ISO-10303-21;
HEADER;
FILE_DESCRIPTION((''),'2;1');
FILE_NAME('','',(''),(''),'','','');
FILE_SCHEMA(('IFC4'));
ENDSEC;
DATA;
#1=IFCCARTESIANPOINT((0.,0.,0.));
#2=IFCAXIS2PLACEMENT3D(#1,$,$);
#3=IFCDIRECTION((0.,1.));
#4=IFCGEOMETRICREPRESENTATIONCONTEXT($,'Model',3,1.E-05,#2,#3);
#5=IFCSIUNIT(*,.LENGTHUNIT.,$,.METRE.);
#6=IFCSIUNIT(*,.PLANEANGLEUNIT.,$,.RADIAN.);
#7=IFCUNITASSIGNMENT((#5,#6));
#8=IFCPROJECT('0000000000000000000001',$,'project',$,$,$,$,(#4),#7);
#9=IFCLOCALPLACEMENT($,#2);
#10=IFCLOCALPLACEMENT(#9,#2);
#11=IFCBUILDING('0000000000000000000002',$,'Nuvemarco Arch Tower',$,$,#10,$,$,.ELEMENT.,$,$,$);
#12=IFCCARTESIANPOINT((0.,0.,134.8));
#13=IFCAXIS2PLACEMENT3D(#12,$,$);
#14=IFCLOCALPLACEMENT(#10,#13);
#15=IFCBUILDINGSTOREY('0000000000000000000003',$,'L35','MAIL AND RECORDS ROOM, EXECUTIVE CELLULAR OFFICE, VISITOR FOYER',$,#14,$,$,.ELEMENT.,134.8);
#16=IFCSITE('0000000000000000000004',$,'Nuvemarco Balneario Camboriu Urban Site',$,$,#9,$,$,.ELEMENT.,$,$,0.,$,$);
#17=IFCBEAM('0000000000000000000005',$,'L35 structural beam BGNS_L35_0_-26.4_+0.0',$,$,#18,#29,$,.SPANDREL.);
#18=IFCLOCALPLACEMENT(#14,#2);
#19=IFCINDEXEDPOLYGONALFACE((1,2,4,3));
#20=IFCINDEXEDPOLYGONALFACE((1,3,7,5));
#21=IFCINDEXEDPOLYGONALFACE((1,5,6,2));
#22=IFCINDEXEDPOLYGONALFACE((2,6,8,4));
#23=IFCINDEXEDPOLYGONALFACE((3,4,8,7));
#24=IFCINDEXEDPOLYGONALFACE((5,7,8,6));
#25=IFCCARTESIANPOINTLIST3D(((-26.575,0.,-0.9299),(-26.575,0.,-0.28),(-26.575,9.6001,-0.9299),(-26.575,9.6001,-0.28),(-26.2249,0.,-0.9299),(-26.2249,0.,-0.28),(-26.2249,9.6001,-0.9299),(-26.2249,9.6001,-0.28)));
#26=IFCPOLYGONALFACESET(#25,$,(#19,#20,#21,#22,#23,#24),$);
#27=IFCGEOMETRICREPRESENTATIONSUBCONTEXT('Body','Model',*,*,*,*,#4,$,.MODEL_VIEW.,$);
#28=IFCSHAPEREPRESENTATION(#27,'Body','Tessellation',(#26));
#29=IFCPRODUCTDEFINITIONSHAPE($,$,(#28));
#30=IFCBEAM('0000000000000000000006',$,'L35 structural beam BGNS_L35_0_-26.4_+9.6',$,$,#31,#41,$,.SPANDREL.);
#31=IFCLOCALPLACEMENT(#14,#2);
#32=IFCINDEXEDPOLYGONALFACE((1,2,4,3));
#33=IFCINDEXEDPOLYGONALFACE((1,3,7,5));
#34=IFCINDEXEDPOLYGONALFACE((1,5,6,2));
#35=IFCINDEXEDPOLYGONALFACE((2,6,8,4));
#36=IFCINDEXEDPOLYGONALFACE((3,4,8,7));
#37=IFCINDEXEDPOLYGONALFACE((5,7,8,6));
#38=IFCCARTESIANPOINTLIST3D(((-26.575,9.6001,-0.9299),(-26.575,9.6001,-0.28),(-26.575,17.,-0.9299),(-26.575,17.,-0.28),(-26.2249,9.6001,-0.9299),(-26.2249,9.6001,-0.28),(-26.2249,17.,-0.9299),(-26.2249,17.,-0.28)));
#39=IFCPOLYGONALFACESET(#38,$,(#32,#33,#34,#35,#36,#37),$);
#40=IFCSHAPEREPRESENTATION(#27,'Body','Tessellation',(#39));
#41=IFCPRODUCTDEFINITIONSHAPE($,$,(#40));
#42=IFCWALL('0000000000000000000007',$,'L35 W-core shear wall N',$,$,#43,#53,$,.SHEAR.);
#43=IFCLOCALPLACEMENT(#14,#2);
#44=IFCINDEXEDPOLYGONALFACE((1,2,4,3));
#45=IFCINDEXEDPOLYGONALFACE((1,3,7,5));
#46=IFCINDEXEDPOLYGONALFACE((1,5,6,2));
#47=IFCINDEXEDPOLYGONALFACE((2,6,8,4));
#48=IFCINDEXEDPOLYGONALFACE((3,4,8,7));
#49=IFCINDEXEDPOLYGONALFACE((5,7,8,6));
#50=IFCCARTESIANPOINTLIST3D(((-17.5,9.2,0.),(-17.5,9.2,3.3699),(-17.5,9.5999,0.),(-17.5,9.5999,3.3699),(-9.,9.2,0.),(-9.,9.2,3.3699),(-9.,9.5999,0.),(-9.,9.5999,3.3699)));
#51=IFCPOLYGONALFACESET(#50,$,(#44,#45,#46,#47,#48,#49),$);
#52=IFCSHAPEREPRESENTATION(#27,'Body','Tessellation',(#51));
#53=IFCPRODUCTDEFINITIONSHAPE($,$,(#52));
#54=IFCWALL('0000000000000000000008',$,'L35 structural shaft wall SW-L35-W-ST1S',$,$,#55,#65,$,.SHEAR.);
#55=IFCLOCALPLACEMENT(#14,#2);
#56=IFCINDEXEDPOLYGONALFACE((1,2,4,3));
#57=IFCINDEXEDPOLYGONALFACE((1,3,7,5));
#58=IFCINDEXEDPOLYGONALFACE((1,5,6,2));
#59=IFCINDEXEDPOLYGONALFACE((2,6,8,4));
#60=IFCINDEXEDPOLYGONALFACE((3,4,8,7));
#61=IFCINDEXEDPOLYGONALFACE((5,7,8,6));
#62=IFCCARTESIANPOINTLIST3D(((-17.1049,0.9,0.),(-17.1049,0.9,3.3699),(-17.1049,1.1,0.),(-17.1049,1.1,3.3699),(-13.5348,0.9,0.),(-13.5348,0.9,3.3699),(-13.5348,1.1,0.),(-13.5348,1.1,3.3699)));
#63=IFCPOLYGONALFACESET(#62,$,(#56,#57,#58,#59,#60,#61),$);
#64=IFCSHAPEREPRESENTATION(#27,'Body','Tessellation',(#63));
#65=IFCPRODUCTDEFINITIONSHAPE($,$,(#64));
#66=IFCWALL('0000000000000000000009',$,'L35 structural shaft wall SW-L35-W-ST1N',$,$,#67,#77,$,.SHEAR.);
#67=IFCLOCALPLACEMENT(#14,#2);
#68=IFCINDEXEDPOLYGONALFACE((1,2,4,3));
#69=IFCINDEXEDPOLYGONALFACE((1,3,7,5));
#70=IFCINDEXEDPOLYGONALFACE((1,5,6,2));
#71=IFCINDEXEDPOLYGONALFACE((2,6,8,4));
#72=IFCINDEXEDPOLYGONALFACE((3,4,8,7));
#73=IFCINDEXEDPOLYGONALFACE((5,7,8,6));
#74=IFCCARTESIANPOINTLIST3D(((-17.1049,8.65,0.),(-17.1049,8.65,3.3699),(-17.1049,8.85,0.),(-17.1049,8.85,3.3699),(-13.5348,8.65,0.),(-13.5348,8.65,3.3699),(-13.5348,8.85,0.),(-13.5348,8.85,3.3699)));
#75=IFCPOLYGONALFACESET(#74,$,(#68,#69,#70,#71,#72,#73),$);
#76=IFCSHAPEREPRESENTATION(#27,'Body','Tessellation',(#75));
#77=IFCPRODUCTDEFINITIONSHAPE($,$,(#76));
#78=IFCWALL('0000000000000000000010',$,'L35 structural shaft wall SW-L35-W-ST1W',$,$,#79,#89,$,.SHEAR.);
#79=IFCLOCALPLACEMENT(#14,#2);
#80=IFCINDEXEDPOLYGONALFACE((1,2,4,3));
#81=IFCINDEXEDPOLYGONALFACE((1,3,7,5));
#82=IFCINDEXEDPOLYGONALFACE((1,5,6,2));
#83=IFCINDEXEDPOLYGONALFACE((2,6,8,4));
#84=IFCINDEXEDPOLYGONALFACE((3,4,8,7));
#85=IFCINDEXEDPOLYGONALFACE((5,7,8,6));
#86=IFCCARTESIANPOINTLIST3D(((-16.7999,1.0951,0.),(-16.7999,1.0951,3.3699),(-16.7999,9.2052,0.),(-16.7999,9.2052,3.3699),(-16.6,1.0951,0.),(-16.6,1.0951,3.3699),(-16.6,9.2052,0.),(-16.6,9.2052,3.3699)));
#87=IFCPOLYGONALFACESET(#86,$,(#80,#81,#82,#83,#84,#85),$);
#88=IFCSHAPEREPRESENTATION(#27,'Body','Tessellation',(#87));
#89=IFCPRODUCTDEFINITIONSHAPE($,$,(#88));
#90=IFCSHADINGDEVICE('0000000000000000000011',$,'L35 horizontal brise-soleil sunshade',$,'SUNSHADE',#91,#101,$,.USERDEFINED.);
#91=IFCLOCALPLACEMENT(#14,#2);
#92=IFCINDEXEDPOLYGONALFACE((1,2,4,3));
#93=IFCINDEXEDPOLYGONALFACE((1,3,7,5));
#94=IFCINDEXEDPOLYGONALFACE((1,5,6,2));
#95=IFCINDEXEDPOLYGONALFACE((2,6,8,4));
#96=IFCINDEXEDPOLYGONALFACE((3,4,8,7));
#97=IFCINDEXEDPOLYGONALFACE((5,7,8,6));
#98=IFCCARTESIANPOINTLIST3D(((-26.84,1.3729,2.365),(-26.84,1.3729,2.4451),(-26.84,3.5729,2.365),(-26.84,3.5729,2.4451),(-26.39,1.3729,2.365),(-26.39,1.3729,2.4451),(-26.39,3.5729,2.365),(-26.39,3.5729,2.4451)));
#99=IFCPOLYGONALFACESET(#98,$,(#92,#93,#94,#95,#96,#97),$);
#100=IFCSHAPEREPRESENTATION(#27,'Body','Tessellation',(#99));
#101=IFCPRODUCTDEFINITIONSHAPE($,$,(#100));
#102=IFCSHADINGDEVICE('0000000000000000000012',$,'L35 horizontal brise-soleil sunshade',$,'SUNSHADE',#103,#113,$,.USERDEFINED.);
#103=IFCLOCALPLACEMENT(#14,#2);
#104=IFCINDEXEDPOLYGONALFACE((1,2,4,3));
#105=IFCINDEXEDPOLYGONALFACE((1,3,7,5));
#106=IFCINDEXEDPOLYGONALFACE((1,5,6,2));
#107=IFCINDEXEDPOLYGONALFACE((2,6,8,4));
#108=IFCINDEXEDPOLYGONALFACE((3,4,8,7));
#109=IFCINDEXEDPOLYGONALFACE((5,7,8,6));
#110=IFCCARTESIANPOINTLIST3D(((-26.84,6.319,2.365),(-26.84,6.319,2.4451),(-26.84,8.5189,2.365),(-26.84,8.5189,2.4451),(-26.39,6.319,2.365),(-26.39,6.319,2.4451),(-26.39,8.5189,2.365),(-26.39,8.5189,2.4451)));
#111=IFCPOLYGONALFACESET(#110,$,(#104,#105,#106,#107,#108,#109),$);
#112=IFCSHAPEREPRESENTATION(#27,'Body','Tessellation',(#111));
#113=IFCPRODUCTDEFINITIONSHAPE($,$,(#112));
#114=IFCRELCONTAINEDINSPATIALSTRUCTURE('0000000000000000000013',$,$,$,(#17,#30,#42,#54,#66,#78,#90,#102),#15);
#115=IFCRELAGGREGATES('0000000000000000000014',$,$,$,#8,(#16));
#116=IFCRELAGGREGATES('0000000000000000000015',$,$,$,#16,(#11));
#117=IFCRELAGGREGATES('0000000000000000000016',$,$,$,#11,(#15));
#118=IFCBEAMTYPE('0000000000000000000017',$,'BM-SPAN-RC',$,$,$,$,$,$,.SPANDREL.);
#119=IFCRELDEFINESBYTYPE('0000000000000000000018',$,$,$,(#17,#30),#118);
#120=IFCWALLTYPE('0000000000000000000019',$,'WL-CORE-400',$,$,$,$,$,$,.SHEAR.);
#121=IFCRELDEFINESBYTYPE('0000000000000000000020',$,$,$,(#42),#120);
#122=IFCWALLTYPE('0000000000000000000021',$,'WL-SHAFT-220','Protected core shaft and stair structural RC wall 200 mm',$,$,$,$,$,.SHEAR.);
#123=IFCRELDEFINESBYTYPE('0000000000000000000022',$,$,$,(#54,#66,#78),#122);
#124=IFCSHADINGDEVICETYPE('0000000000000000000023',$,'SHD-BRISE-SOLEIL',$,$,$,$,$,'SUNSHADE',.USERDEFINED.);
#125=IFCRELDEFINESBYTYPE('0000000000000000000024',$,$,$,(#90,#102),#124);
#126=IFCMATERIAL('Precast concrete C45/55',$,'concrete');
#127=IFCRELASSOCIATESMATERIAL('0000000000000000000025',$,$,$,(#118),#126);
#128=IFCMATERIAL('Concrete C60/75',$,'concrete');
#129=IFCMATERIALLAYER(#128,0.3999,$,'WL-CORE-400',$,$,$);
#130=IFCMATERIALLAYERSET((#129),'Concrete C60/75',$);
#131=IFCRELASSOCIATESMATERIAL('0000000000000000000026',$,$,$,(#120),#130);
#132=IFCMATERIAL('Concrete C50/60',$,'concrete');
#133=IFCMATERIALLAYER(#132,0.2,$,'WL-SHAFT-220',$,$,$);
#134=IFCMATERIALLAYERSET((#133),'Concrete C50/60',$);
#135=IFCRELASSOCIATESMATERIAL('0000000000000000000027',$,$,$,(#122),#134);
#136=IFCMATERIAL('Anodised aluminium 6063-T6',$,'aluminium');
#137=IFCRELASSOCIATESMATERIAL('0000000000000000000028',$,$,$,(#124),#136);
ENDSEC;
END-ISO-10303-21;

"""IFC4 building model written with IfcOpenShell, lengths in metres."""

from ifc_helpers import new_model, si_unit, direction, frame, frame_2d, origin, origin_2d, place, context, subcontext, project, spatial, rectangle, extrude, source, transform, mapped, material, layer, layer_set, material_profile, profile_set, type_object, type_shapes, element, save


model = new_model("IFC4")

# Units and contexts
model_context = context("Model", 3, precision=1e-05, world=origin(), true_north=direction((0.0, 1.0)))
body_context = subcontext(model_context, "Body", "Model", "MODEL_VIEW")
ifc_project = project(units=[si_unit("LENGTHUNIT", "METRE"), si_unit("PLANEANGLEUNIT", "RADIAN")], contexts=[model_context])

# Site, building, storey
site_placement = place(None, origin())
site = spatial("IfcSite", under=ifc_project, at=site_placement, Name="Nuvemarco Balneario Camboriu Urban Site", CompositionType="ELEMENT", RefElevation=0.0)
building_placement = place(site_placement, origin())
building = spatial("IfcBuilding", under=site, at=building_placement, Name="Nuvemarco Arch Tower", CompositionType="ELEMENT")
storey_placement = place(building_placement, frame((0.0, 0.0, 134.8)))
storey = spatial("IfcBuildingStorey", under=building, at=storey_placement, Name="L35", Description="MAIL AND RECORDS ROOM, EXECUTIVE CELLULAR OFFICE, VISITOR FOYER", CompositionType="ELEMENT", Elevation=134.8)

# Shared definitions
ifc_material_1 = material(Name="Concrete C50/60", Category="concrete")

# Beams
ifc_material_2 = material(Name="Precast concrete C45/55", Category="concrete")
ifc_material_profile_1 = material_profile(ifc_material_2, rectangle(XDim=0.3501, YDim=0.6499, at=origin_2d()), Name="PC-SP-350x650")
ifc_profile_set_1 = profile_set([ifc_material_profile_1], Name="Precast concrete C45/55")
beam_type_1 = type_object("IfcBeamType", Name="BM-SPAN-RC", PredefinedType="SPANDREL", material=ifc_profile_set_1)
beam_1_placement = place(storey_placement, frame((-26.3999, 0.0, -0.605), z_axis=(0.0, 1.0, 0.0), x_axis=(-1.0, 0.0, 0.0)))
element("IfcBeam", 1, at=beam_1_placement, inside=storey, type_object=beam_type_1, Name="L35 structural beam BGNS_L35_0_-26.4_+0.0", PredefinedType="SPANDREL", context=body_context, shape_type="SweptSolid", body=[
    extrude(rectangle(XDim=0.3501, YDim=0.6499, at=origin_2d()), origin(), (0.0, 0.0, 1.0), 9.6001),
])
beam_2_placement = place(storey_placement, frame((-26.3999, 9.6001, -0.605), z_axis=(0.0, 1.0, 0.0), x_axis=(-1.0, 0.0, 0.0)))
element("IfcBeam", 2, at=beam_2_placement, inside=storey, type_object=beam_type_1, Name="L35 structural beam BGNS_L35_0_-26.4_+9.6", PredefinedType="SPANDREL", context=body_context, shape_type="SweptSolid", body=[
    extrude(rectangle(XDim=0.3501, YDim=0.6499, at=origin_2d()), origin(), (0.0, 0.0, 1.0), 7.3999),
])

# Walls
ifc_material_3 = material(Name="Concrete C60/75", Category="concrete")
ifc_layer_1 = layer(ifc_material_3, 0.3999, Name="WL-CORE-400")
ifc_layer_set_1 = layer_set([ifc_layer_1], Name="Concrete C60/75")
wall_type_1 = type_object("IfcWallType", Name="WL-CORE-400", PredefinedType="SHEAR", material=ifc_layer_set_1)
wall_1_placement = place(storey_placement, frame((-17.5, 9.3999, 0.0), z_axis=(0.0, 0.0, 1.0), x_axis=(1.0, 0.0, 0.0)))
element("IfcWall", 3, at=wall_1_placement, inside=storey, type_object=wall_type_1, Name="L35 W-core shear wall N", PredefinedType="SHEAR", context=body_context, shape_type="SweptSolid", body=[
    extrude(rectangle(XDim=8.5, YDim=0.3999, at=frame_2d((4.25, 0.0))), origin(), (0.0, 0.0, 1.0), 3.3699),
])
ifc_layer_2 = layer(ifc_material_1, 0.2, Name="WL-SHAFT-220")
ifc_layer_set_2 = layer_set([ifc_layer_2], Name="Concrete C50/60")
wall_type_2 = type_object("IfcWallType", Name="WL-SHAFT-220", Description="Protected core shaft and stair structural RC wall 200 mm", PredefinedType="SHEAR", material=ifc_layer_set_2)
for number, where, z_axis, x_axis, name in (
    (4, (-17.105, 1.0, 0.0), (0.0, 0.0, 1.0), (1.0, 0.0, 0.0), "L35 structural shaft wall SW-L35-W-ST1S"),
    (5, (-17.105, 8.75, 0.0), (0.0, 0.0, 1.0), (1.0, 0.0, 0.0), "L35 structural shaft wall SW-L35-W-ST1N"),
):
    element("IfcWall", number, at=place(storey_placement, frame(where, z_axis=z_axis, x_axis=x_axis)), inside=storey, type_object=wall_type_2, Name=name, PredefinedType="SHEAR", context=body_context, shape_type="SweptSolid", body=[
        extrude(rectangle(XDim=3.5701, YDim=0.2, at=frame_2d((1.7852, 0.0))), origin(), (0.0, 0.0, 1.0), 3.3699),
    ])
wall_2_placement = place(storey_placement, frame((-16.7, 1.095, 0.0), z_axis=(0.0, 0.0, 1.0), x_axis=(0.0, 1.0, 0.0)))
element("IfcWall", 6, at=wall_2_placement, inside=storey, type_object=wall_type_2, Name="L35 structural shaft wall SW-L35-W-ST1W", PredefinedType="SHEAR", context=body_context, shape_type="SweptSolid", body=[
    extrude(rectangle(XDim=8.1101, YDim=0.2, at=frame_2d((4.0552, 0.0))), origin(), (0.0, 0.0, 1.0), 3.3699),
])

# Shading devices
ifc_material_4 = material(Name="Anodised aluminium 6063-T6", Category="aluminium")
shading_device_type = type_object("IfcShadingDeviceType", Name="SHD-BRISE-SOLEIL", ElementType="SUNSHADE", PredefinedType="USERDEFINED", material=ifc_material_4)
shared_shape = source(origin(), body_context, "Body", "SweptSolid", [
    extrude(rectangle(XDim=2.2, YDim=0.45, at=origin_2d()), origin(), (0.0, 0.0, 1.0), 0.0801),
])
type_shapes(shading_device_type, [shared_shape])
for number, where, z_axis, x_axis, name in (
    (7, (-26.615, 2.4729, 2.365), (0.0, 0.0, 1.0), (0.0, 1.0, 0.0), "L35 horizontal brise-soleil sunshade"),
    (8, (-26.615, 7.4189, 2.365), (0.0, 0.0, 1.0), (0.0, 1.0, 0.0), "L35 horizontal brise-soleil sunshade"),
):
    element("IfcShadingDevice", number, at=place(storey_placement, frame(where, z_axis=z_axis, x_axis=x_axis)), inside=storey, type_object=shading_device_type, Name=name, ObjectType="SUNSHADE", PredefinedType="USERDEFINED", context=body_context, shape_type="MappedRepresentation", body=[
        mapped(shared_shape, transform((0.0, 0.0, 0.0), scale=1.0)),
    ])

save(model, "model.ifc")
